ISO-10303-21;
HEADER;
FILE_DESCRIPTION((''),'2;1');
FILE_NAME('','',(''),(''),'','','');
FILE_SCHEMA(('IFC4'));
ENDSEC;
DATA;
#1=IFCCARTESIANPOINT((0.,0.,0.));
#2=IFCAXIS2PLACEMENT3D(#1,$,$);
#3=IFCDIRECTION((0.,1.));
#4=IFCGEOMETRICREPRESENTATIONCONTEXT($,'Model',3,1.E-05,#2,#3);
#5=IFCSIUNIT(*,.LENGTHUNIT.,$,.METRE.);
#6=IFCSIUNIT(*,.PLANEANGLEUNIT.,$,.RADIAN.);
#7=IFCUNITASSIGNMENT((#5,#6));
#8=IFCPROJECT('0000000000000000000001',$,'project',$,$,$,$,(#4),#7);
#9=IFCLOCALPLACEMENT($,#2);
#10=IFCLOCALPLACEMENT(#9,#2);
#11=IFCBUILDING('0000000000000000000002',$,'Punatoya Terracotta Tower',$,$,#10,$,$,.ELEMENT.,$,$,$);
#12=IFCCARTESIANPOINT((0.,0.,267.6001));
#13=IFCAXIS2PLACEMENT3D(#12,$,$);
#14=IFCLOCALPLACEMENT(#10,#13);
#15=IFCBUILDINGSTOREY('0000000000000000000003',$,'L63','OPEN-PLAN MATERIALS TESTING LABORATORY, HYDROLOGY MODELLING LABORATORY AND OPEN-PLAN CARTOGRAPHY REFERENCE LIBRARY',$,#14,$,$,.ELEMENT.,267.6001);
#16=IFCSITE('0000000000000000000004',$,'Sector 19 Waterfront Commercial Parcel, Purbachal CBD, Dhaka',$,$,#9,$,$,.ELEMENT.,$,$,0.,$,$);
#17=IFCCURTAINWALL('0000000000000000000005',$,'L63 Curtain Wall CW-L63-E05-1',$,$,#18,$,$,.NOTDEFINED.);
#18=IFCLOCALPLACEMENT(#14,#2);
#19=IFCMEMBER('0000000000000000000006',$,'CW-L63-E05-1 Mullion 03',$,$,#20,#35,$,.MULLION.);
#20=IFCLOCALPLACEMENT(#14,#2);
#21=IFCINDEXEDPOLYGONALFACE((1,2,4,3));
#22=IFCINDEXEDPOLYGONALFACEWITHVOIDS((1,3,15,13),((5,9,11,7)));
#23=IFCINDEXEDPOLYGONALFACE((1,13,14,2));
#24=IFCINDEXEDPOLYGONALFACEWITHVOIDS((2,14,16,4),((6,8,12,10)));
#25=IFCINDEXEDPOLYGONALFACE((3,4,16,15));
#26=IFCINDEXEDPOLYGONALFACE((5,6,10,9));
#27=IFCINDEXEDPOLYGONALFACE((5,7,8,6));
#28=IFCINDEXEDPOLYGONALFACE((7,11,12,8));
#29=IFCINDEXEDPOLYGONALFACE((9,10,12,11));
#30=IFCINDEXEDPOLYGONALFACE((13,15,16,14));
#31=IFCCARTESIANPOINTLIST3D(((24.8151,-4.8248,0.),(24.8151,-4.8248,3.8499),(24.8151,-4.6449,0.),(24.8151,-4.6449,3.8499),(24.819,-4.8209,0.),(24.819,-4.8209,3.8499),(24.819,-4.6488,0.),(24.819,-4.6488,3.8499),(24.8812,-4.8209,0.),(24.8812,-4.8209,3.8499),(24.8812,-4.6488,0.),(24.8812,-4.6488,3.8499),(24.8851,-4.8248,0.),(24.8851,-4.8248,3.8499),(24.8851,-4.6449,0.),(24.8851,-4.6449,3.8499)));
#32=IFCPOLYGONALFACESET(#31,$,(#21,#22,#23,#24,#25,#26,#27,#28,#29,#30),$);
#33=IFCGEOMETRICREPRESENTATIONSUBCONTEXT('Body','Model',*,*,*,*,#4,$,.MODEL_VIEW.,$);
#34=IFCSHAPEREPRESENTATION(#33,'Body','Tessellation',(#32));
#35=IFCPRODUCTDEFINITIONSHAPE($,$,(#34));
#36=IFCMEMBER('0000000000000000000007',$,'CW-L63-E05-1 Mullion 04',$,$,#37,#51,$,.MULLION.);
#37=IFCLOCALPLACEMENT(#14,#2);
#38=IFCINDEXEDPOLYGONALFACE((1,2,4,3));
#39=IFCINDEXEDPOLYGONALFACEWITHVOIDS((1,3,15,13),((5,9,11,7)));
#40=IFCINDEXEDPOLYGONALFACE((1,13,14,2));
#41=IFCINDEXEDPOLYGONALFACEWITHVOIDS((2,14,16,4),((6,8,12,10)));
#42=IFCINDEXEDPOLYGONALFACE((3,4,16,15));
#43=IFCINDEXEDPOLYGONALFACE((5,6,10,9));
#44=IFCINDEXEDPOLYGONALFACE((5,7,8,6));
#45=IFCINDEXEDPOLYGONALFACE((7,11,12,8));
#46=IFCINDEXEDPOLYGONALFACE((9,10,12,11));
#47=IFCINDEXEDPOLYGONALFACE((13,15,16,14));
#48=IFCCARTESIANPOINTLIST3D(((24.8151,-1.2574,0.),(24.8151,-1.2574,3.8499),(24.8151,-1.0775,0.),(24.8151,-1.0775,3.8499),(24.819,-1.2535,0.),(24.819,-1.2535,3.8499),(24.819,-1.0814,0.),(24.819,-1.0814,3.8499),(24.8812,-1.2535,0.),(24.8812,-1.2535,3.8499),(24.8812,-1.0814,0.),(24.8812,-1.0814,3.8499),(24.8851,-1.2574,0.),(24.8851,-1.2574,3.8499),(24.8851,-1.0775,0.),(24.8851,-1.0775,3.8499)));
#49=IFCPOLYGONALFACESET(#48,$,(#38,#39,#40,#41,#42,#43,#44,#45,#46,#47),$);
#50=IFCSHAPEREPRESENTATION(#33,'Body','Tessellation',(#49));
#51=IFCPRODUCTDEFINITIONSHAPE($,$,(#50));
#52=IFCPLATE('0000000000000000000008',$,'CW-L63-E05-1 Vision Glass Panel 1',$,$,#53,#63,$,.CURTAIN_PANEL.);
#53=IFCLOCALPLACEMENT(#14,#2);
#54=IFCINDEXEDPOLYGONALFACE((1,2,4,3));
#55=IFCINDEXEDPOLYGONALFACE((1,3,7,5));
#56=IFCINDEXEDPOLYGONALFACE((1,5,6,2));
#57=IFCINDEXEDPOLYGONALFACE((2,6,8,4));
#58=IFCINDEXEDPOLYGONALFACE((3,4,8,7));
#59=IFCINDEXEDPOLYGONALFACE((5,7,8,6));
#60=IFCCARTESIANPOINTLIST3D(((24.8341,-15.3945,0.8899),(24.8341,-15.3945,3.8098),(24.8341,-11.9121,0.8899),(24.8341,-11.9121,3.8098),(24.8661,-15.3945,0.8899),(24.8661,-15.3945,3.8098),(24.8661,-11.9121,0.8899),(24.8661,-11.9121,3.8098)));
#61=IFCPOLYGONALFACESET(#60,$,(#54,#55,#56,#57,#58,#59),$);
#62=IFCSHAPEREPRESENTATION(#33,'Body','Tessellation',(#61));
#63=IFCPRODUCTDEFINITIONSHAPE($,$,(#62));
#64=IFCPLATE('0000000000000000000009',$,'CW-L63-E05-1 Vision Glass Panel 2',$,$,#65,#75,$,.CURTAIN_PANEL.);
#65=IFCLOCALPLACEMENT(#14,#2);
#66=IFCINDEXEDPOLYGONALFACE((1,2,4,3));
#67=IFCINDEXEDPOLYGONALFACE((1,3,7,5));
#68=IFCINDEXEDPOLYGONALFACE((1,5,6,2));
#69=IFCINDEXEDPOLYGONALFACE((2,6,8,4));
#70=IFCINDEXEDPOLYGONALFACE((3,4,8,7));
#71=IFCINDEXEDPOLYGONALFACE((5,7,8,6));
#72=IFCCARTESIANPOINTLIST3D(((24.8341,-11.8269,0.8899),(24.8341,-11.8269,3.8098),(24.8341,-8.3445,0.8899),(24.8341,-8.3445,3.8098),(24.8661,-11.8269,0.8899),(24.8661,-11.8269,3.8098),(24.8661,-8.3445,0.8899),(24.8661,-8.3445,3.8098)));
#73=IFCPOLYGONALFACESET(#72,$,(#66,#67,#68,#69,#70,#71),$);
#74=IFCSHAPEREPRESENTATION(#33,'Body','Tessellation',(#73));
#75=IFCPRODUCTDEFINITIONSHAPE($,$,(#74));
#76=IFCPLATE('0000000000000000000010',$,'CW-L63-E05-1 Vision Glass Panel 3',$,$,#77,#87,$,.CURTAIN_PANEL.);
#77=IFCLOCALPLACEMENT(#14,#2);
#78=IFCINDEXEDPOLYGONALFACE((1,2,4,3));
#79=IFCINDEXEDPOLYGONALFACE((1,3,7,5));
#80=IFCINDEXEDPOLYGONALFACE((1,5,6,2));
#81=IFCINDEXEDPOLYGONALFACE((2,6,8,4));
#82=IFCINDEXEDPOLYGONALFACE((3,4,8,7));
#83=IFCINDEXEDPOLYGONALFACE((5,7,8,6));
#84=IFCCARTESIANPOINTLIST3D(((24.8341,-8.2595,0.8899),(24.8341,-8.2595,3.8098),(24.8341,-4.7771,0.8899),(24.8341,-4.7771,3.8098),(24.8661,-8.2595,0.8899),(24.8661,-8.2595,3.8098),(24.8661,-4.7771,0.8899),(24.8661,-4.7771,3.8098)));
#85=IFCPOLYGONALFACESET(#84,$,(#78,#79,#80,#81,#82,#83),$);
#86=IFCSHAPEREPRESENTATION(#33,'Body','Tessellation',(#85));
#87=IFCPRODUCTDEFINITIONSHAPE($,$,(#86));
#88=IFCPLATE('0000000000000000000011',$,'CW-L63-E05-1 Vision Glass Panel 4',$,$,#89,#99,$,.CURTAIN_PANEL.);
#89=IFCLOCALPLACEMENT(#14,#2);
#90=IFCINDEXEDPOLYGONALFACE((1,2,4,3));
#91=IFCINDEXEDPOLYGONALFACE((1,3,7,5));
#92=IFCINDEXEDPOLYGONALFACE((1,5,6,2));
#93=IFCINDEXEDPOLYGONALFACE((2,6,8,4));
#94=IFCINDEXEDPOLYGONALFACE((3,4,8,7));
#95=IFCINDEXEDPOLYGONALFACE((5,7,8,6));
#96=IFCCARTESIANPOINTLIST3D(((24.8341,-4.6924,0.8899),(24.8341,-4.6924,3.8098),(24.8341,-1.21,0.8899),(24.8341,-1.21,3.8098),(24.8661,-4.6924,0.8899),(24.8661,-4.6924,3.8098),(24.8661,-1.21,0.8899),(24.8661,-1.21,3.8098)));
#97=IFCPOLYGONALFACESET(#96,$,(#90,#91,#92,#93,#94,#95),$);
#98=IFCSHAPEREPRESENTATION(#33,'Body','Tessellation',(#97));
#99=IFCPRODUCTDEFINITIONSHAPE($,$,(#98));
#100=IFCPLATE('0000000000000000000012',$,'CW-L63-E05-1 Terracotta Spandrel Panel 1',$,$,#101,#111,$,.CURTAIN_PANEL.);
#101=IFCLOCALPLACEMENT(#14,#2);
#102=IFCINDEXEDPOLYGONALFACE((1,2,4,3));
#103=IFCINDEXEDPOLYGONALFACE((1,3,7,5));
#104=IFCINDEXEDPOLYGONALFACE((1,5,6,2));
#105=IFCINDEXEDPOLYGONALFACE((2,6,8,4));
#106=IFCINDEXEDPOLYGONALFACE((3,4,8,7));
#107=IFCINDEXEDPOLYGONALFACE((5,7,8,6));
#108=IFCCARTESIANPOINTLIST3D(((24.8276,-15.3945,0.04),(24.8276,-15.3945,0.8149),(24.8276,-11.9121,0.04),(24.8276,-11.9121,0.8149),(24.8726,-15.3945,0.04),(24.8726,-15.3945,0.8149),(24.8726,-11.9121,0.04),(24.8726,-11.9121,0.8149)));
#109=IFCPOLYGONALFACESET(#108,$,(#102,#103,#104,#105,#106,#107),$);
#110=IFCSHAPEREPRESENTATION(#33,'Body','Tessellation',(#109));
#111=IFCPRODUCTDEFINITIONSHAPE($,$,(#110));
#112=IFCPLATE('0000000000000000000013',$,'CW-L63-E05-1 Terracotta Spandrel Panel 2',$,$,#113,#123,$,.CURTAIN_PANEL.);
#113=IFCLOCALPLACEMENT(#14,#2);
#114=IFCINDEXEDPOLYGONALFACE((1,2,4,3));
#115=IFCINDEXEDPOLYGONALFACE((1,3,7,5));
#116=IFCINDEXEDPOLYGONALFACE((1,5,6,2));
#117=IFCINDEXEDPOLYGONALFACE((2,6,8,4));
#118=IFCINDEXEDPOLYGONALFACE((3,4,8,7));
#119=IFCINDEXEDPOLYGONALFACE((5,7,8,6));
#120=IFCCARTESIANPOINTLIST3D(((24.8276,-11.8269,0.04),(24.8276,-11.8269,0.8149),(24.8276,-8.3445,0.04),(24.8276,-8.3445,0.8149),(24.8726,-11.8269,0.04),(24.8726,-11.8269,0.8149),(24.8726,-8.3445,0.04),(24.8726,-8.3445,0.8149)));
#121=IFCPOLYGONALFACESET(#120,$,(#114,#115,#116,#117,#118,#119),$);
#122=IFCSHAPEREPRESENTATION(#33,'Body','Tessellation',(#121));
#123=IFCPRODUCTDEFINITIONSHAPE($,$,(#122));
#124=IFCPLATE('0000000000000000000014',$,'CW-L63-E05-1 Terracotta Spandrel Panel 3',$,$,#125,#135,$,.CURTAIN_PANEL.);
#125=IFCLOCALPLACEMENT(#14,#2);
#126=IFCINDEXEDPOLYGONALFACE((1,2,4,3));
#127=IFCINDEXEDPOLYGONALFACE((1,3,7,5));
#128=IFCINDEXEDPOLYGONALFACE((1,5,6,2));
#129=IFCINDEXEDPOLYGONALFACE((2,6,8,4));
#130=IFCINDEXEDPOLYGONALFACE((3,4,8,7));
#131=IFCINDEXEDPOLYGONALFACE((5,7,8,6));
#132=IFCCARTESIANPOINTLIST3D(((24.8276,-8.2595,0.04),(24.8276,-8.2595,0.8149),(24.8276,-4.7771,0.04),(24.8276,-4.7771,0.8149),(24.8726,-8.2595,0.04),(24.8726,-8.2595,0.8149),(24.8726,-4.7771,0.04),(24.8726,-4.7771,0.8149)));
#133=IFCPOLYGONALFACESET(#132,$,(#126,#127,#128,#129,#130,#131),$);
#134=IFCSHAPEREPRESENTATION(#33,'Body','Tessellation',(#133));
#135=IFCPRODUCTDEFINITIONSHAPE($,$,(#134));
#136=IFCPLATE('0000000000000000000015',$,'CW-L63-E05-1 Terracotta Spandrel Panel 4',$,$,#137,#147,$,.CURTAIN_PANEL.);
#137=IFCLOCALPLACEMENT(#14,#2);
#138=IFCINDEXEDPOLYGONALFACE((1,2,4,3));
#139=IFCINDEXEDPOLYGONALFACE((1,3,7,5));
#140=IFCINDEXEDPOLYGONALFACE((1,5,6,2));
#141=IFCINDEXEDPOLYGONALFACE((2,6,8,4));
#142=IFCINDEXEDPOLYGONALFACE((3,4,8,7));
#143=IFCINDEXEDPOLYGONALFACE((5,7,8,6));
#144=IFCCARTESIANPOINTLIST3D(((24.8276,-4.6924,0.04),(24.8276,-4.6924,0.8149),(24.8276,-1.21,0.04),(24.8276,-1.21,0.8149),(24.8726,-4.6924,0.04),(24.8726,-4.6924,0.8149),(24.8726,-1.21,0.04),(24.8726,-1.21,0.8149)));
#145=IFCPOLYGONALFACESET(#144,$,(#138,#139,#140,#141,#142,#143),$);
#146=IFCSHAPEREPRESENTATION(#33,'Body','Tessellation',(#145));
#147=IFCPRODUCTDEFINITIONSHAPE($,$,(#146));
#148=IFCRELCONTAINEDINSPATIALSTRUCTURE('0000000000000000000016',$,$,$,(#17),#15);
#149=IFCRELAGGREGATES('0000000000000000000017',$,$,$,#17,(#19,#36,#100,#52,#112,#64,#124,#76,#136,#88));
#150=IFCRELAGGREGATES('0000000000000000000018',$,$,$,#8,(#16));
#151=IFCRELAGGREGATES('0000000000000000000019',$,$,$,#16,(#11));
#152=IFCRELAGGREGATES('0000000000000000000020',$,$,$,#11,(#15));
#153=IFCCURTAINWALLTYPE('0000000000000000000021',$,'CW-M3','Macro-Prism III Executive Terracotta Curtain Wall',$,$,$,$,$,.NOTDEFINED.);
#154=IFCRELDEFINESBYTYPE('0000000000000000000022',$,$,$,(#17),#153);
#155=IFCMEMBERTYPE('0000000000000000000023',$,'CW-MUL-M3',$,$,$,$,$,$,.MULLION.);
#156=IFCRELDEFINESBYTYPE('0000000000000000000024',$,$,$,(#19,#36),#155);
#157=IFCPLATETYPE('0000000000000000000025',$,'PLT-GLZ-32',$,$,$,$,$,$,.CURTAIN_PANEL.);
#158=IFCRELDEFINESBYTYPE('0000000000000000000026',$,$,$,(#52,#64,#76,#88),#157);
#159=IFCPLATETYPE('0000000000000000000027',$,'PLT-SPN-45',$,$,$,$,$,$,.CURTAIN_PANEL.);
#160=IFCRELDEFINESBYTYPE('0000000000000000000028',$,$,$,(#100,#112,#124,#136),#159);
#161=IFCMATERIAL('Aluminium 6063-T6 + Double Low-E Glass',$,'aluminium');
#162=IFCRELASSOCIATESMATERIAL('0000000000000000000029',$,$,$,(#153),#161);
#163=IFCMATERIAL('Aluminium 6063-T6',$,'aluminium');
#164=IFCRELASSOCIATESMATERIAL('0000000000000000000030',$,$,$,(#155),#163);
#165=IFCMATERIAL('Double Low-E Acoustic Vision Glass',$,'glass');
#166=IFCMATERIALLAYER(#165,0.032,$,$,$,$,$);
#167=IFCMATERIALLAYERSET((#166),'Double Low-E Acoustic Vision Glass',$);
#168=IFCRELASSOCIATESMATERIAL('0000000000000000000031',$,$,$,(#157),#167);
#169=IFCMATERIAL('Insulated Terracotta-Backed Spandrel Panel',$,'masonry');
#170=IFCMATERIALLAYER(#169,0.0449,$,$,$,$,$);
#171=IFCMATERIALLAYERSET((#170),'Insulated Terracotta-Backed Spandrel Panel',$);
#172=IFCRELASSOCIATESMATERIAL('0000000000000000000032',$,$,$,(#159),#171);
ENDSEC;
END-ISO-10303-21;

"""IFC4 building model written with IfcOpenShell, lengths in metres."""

from ifc_helpers import new_model, si_unit, direction, frame, origin, origin_2d, place, context, subcontext, project, spatial, rectangle, hollow_rectangle, extrude, material, layer, layer_set, material_profile, profile_set, type_object, element, aggregate, save


model = new_model("IFC4")

# Units and contexts
model_context = context("Model", 3, precision=1e-05, world=origin(), true_north=direction((0.0, 1.0)))
body_context = subcontext(model_context, "Body", "Model", "MODEL_VIEW")
ifc_project = project(units=[si_unit("LENGTHUNIT", "METRE"), si_unit("PLANEANGLEUNIT", "RADIAN")], contexts=[model_context])

# Site, building, storey
site_placement = place(None, origin())
site = spatial("IfcSite", under=ifc_project, at=site_placement, Name="Sector 19 Waterfront Commercial Parcel, Purbachal CBD, Dhaka", CompositionType="ELEMENT", RefElevation=0.0)
building_placement = place(site_placement, origin())
building = spatial("IfcBuilding", under=site, at=building_placement, Name="Punatoya Terracotta Tower", CompositionType="ELEMENT")
storey_placement = place(building_placement, frame((0.0, 0.0, 267.6001)))
storey = spatial("IfcBuildingStorey", under=building, at=storey_placement, Name="L63", Description="OPEN-PLAN MATERIALS TESTING LABORATORY, HYDROLOGY MODELLING LABORATORY AND OPEN-PLAN CARTOGRAPHY REFERENCE LIBRARY", CompositionType="ELEMENT", Elevation=267.6001)

# Curtain wall, members, plates
ifc_material_1 = material(Name="Aluminium 6063-T6 + Double Low-E Glass", Category="aluminium")
curtain_wall_type = type_object("IfcCurtainWallType", Name="CW-M3", Description="Macro-Prism III Executive Terracotta Curtain Wall", PredefinedType="NOTDEFINED", material=ifc_material_1)
curtain_wall_placement = place(storey_placement, origin())
curtain_wall = element("IfcCurtainWall", 1, at=curtain_wall_placement, inside=storey, type_object=curtain_wall_type, Name="L63 Curtain Wall CW-L63-E05-1", PredefinedType="NOTDEFINED")
ifc_material_2 = material(Name="Aluminium 6063-T6", Category="aluminium")
ifc_material_profile_1 = material_profile(ifc_material_2, hollow_rectangle(XDim=0.0701, YDim=0.1799, WallThickness=0.0039, at=origin_2d()))
ifc_profile_set_1 = profile_set([ifc_material_profile_1], Name="Aluminium 6063-T6")
member_type = type_object("IfcMemberType", Name="CW-MUL-M3", PredefinedType="MULLION", material=ifc_profile_set_1)
member_1_placement = place(storey_placement, frame((24.8501, -4.7349, 0.0), z_axis=(0.0, 0.0, 1.0), x_axis=(1.0, 0.0, 0.0)))
member_1 = element("IfcMember", 2, at=member_1_placement, type_object=member_type, Name="CW-L63-E05-1 Mullion 03", PredefinedType="MULLION", context=body_context, shape_type="SweptSolid", body=[
    extrude(hollow_rectangle(XDim=0.0701, YDim=0.1799, WallThickness=0.0039, at=origin_2d()), origin(), (0.0, 0.0, 1.0), 3.8499),
])
member_2_placement = place(storey_placement, frame((24.8501, -1.1675, 0.0), z_axis=(0.0, 0.0, 1.0), x_axis=(1.0, 0.0, 0.0)))
member_2 = element("IfcMember", 3, at=member_2_placement, type_object=member_type, Name="CW-L63-E05-1 Mullion 04", PredefinedType="MULLION", context=body_context, shape_type="SweptSolid", body=[
    extrude(hollow_rectangle(XDim=0.0701, YDim=0.1799, WallThickness=0.0039, at=origin_2d()), origin(), (0.0, 0.0, 1.0), 3.8499),
])
ifc_material_3 = material(Name="Double Low-E Acoustic Vision Glass", Category="glass")
ifc_layer_1 = layer(ifc_material_3, 0.032)
ifc_layer_set_1 = layer_set([ifc_layer_1], Name="Double Low-E Acoustic Vision Glass")
plate_type_1 = type_object("IfcPlateType", Name="PLT-GLZ-32", PredefinedType="CURTAIN_PANEL", material=ifc_layer_set_1)
plate_1_placement = place(storey_placement, frame((24.8501, -13.6533, 0.8899), z_axis=(0.0, 0.0, 1.0), x_axis=(0.0, 1.0, 0.0)))
plate_1 = element("IfcPlate", 4, at=plate_1_placement, type_object=plate_type_1, Name="CW-L63-E05-1 Vision Glass Panel 1", PredefinedType="CURTAIN_PANEL", context=body_context, shape_type="SweptSolid", body=[
    extrude(rectangle(XDim=3.4824, YDim=0.032, at=origin_2d()), origin(), (0.0, 0.0, 1.0), 2.9199),
])
plate_2_placement = place(storey_placement, frame((24.8501, -10.0857, 0.8899), z_axis=(0.0, 0.0, 1.0), x_axis=(0.0, 1.0, 0.0)))
plate_2 = element("IfcPlate", 5, at=plate_2_placement, type_object=plate_type_1, Name="CW-L63-E05-1 Vision Glass Panel 2", PredefinedType="CURTAIN_PANEL", context=body_context, shape_type="SweptSolid", body=[
    extrude(rectangle(XDim=3.4824, YDim=0.032, at=origin_2d()), origin(), (0.0, 0.0, 1.0), 2.9199),
])
plate_3_placement = place(storey_placement, frame((24.8501, -6.5183, 0.8899), z_axis=(0.0, 0.0, 1.0), x_axis=(0.0, 1.0, 0.0)))
plate_3 = element("IfcPlate", 6, at=plate_3_placement, type_object=plate_type_1, Name="CW-L63-E05-1 Vision Glass Panel 3", PredefinedType="CURTAIN_PANEL", context=body_context, shape_type="SweptSolid", body=[
    extrude(rectangle(XDim=3.4824, YDim=0.032, at=origin_2d()), origin(), (0.0, 0.0, 1.0), 2.9199),
])
plate_4_placement = place(storey_placement, frame((24.8501, -2.9512, 0.8899), z_axis=(0.0, 0.0, 1.0), x_axis=(0.0, 1.0, 0.0)))
plate_4 = element("IfcPlate", 7, at=plate_4_placement, type_object=plate_type_1, Name="CW-L63-E05-1 Vision Glass Panel 4", PredefinedType="CURTAIN_PANEL", context=body_context, shape_type="SweptSolid", body=[
    extrude(rectangle(XDim=3.4824, YDim=0.032, at=origin_2d()), origin(), (0.0, 0.0, 1.0), 2.9199),
])
ifc_material_4 = material(Name="Insulated Terracotta-Backed Spandrel Panel", Category="masonry")
ifc_layer_2 = layer(ifc_material_4, 0.0449)
ifc_layer_set_2 = layer_set([ifc_layer_2], Name="Insulated Terracotta-Backed Spandrel Panel")
plate_type_2 = type_object("IfcPlateType", Name="PLT-SPN-45", PredefinedType="CURTAIN_PANEL", material=ifc_layer_set_2)
plate_5_placement = place(storey_placement, frame((24.8501, -13.6533, 0.04), z_axis=(0.0, 0.0, 1.0), x_axis=(0.0, 1.0, 0.0)))
plate_5 = element("IfcPlate", 8, at=plate_5_placement, type_object=plate_type_2, Name="CW-L63-E05-1 Terracotta Spandrel Panel 1", PredefinedType="CURTAIN_PANEL", context=body_context, shape_type="SweptSolid", body=[
    extrude(rectangle(XDim=3.4824, YDim=0.0449, at=origin_2d()), origin(), (0.0, 0.0, 1.0), 0.7749),
])
plate_6_placement = place(storey_placement, frame((24.8501, -10.0857, 0.04), z_axis=(0.0, 0.0, 1.0), x_axis=(0.0, 1.0, 0.0)))
plate_6 = element("IfcPlate", 9, at=plate_6_placement, type_object=plate_type_2, Name="CW-L63-E05-1 Terracotta Spandrel Panel 2", PredefinedType="CURTAIN_PANEL", context=body_context, shape_type="SweptSolid", body=[
    extrude(rectangle(XDim=3.4824, YDim=0.0449, at=origin_2d()), origin(), (0.0, 0.0, 1.0), 0.7749),
])
plate_7_placement = place(storey_placement, frame((24.8501, -6.5183, 0.04), z_axis=(0.0, 0.0, 1.0), x_axis=(0.0, 1.0, 0.0)))
plate_7 = element("IfcPlate", 10, at=plate_7_placement, type_object=plate_type_2, Name="CW-L63-E05-1 Terracotta Spandrel Panel 3", PredefinedType="CURTAIN_PANEL", context=body_context, shape_type="SweptSolid", body=[
    extrude(rectangle(XDim=3.4824, YDim=0.0449, at=origin_2d()), origin(), (0.0, 0.0, 1.0), 0.7749),
])
plate_8_placement = place(storey_placement, frame((24.8501, -2.9512, 0.04), z_axis=(0.0, 0.0, 1.0), x_axis=(0.0, 1.0, 0.0)))
plate_8 = element("IfcPlate", 11, at=plate_8_placement, type_object=plate_type_2, Name="CW-L63-E05-1 Terracotta Spandrel Panel 4", PredefinedType="CURTAIN_PANEL", context=body_context, shape_type="SweptSolid", body=[
    extrude(rectangle(XDim=3.4824, YDim=0.0449, at=origin_2d()), origin(), (0.0, 0.0, 1.0), 0.7749),
])
aggregate(curtain_wall, [member_1, member_2, plate_5, plate_1, plate_6, plate_2, plate_7, plate_3, plate_8, plate_4])

save(model, "model.ifc")
